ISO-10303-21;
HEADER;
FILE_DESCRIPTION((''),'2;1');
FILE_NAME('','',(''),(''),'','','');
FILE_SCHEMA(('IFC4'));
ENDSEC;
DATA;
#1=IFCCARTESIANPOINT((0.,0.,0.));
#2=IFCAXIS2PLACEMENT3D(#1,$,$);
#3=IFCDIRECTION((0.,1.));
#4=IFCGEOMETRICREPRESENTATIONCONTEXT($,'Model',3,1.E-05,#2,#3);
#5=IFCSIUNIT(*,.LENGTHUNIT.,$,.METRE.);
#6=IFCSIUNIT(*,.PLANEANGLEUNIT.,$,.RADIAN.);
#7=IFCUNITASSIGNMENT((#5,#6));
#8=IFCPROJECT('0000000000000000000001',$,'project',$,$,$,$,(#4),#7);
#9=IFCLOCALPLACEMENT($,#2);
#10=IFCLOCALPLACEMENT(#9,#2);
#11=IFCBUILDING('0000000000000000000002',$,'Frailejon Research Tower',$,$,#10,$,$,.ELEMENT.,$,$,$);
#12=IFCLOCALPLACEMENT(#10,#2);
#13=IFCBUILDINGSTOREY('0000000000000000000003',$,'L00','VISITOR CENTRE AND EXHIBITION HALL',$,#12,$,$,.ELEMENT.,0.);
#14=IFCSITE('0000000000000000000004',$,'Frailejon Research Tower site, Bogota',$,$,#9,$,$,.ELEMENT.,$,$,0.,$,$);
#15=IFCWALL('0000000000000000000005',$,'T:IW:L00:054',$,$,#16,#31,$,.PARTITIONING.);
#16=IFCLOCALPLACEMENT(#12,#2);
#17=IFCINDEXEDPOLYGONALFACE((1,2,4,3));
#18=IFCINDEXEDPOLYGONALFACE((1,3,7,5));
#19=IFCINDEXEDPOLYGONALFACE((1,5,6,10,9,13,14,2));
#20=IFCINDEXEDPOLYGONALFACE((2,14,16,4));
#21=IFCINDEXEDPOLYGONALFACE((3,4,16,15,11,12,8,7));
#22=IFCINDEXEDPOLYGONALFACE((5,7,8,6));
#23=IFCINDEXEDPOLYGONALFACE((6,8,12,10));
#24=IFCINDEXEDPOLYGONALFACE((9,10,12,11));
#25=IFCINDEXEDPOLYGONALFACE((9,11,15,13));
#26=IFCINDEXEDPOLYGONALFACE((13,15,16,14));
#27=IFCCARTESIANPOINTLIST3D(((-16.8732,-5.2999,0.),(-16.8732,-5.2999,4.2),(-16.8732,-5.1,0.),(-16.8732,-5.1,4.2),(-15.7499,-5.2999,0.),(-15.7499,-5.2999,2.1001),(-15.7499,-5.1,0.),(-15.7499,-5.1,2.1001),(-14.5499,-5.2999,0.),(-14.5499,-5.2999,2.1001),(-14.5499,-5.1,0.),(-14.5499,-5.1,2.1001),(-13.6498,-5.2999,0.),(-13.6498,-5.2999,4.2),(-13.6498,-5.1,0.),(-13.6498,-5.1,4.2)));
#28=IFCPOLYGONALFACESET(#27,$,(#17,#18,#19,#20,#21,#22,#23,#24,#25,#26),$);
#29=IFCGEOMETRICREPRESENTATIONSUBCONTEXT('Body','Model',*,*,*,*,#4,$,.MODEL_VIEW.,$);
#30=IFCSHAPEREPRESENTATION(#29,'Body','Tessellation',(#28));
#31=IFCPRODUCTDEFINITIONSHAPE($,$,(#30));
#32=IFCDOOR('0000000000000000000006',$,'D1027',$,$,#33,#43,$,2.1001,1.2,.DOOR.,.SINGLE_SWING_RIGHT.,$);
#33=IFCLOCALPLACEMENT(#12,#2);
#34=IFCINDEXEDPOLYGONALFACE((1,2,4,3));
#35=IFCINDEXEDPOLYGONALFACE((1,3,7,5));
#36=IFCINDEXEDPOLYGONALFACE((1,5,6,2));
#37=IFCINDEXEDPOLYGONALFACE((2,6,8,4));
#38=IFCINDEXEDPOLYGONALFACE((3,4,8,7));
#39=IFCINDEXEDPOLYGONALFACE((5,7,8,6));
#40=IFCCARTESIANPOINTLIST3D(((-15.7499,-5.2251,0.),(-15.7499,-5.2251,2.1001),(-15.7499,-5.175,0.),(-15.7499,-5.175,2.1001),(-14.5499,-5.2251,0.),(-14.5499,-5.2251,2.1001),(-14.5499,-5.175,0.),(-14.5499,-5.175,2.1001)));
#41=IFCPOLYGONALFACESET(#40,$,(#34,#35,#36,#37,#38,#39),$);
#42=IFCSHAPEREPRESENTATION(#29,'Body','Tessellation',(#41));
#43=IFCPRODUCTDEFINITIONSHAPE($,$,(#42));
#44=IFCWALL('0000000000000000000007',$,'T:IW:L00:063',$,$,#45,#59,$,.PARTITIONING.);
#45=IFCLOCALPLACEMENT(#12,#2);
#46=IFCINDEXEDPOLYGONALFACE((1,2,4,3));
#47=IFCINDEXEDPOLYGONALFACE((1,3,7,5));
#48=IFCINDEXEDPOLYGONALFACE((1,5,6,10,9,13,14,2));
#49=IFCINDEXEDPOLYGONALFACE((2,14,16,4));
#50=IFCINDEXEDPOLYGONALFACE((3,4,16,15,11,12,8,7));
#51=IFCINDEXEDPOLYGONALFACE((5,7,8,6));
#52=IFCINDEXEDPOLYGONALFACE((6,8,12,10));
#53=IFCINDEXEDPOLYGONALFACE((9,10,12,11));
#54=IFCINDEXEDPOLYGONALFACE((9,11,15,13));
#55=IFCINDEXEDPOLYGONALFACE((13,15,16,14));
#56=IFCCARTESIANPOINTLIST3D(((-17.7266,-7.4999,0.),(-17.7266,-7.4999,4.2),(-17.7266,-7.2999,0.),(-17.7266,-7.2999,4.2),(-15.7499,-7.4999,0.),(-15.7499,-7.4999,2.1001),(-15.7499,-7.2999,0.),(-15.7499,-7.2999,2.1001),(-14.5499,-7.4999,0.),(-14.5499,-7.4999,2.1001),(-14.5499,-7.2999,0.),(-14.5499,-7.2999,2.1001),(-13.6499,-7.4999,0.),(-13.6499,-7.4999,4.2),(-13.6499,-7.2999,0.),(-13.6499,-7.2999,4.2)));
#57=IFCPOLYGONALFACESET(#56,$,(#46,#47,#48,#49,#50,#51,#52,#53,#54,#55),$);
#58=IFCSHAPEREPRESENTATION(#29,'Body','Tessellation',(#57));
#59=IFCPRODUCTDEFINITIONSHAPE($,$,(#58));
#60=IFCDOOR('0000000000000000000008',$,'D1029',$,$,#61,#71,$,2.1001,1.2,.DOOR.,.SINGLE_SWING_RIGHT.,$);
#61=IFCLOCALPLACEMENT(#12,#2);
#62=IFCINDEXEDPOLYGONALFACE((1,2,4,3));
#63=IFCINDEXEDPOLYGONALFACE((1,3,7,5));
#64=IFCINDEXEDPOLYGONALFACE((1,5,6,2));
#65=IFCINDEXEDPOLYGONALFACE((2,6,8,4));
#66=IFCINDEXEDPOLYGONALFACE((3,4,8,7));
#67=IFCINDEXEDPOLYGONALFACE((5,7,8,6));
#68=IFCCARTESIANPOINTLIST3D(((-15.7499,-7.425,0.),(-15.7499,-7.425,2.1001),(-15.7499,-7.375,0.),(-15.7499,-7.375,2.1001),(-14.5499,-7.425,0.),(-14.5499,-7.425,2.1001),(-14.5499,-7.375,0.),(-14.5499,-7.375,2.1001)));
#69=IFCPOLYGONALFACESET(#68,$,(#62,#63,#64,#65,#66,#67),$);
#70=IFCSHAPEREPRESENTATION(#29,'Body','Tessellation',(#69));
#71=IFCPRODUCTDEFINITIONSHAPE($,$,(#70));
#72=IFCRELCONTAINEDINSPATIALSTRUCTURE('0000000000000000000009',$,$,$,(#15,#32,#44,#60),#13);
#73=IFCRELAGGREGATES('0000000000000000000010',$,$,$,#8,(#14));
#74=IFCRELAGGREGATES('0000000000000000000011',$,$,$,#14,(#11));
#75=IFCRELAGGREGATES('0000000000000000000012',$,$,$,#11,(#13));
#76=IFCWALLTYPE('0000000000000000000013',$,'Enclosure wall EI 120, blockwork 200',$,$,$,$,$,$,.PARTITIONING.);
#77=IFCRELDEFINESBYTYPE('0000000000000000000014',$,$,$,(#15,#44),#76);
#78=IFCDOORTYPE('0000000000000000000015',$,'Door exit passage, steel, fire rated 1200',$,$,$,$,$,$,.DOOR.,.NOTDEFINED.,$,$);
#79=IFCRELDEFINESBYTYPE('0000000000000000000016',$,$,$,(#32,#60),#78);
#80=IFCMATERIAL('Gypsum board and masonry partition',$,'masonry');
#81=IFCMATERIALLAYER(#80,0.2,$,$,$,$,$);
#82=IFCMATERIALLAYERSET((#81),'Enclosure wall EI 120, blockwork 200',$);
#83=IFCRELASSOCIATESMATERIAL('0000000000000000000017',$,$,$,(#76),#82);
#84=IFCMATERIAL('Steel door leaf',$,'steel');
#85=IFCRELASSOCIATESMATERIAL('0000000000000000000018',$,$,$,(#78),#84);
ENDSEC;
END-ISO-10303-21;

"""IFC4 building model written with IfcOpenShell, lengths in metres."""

from ifc_helpers import new_model, si_unit, direction, frame, frame_2d, origin, place, context, subcontext, project, spatial, rectangle, extrude, material, layer, layer_set, type_object, element, fill, save


model = new_model("IFC4")

# Units and contexts
model_context = context("Model", 3, precision=1e-05, world=origin(), true_north=direction((0.0, 1.0)))
body_context = subcontext(model_context, "Body", "Model", "MODEL_VIEW")
ifc_project = project(units=[si_unit("LENGTHUNIT", "METRE"), si_unit("PLANEANGLEUNIT", "RADIAN")], contexts=[model_context])

# Site, building, storey
site_placement = place(None, origin())
site = spatial("IfcSite", under=ifc_project, at=site_placement, Name="Frailejon Research Tower site, Bogota", CompositionType="ELEMENT", RefElevation=0.0)
building_placement = place(site_placement, origin())
building = spatial("IfcBuilding", under=site, at=building_placement, Name="Frailejon Research Tower", CompositionType="ELEMENT")
storey_placement = place(building_placement, origin())
storey = spatial("IfcBuildingStorey", under=building, at=storey_placement, Name="L00", Description="VISITOR CENTRE AND EXHIBITION HALL", CompositionType="ELEMENT", Elevation=0.0)

# Walls, openings, doors
ifc_material_1 = material(Name="Gypsum board and masonry partition", Category="masonry")
ifc_layer_1 = layer(ifc_material_1, 0.2)
ifc_layer_set_1 = layer_set([ifc_layer_1], Name="Enclosure wall EI 120, blockwork 200")
wall_type_1 = type_object("IfcWallType", Name="Enclosure wall EI 120, blockwork 200", PredefinedType="PARTITIONING", material=ifc_layer_set_1)
wall_1_placement = place(storey_placement, frame((-16.8733, -5.2, 0.0), z_axis=(0.0, 0.0, 1.0), x_axis=(1.0, 0.0, 0.0)))
wall_1 = element("IfcWall", 1, at=wall_1_placement, inside=storey, type_object=wall_type_1, Name="T:IW:L00:054", PredefinedType="PARTITIONING", context=body_context, shape_type="SweptSolid", body=[
    extrude(rectangle(XDim=3.2234, YDim=0.2, at=frame_2d((1.6118, 0.0))), origin(), (0.0, 0.0, 1.0), 4.2),
])
opening_1_placement = place(wall_1_placement, frame((1.1233, 0.0, 0.0)))
opening_1 = element("IfcOpeningElement", 2, at=opening_1_placement, cuts=wall_1, PredefinedType="OPENING", context=body_context, shape_type="SweptSolid", body=[
    extrude(rectangle(XDim=1.2, YDim=2.1001, at=frame_2d((0.6001, 1.05))), frame((0.0, 0.1099, 0.0), z_axis=(0.0, -1.0, 0.0), x_axis=(1.0, 0.0, 0.0)), (0.0, 0.0, 1.0), 0.22),
])
ifc_material_2 = material(Name="Steel door leaf", Category="steel")
door_type_1 = type_object("IfcDoorType", Name="Door exit passage, steel, fire rated 1200", OperationType="NOTDEFINED", PredefinedType="DOOR", material=ifc_material_2)
door_1_placement = place(opening_1_placement, origin())
door_1 = element("IfcDoor", 3, at=door_1_placement, inside=storey, type_object=door_type_1, Name="D1027", OperationType="SINGLE_SWING_RIGHT", OverallHeight=2.1001, OverallWidth=1.2, PredefinedType="DOOR", context=body_context, shape_type="SweptSolid", body=[
    extrude(rectangle(XDim=1.2, YDim=2.1001, at=frame_2d((0.6001, 1.05))), frame((0.0, 0.0249, 0.0), z_axis=(0.0, -1.0, 0.0), x_axis=(1.0, 0.0, 0.0)), (0.0, 0.0, 1.0), 0.05),
])
fill(opening_1, door_1)
wall_2_placement = place(storey_placement, frame((-17.7266, -7.3999, 0.0), z_axis=(0.0, 0.0, 1.0), x_axis=(1.0, 0.0, 0.0)))
wall_2 = element("IfcWall", 4, at=wall_2_placement, inside=storey, type_object=wall_type_1, Name="T:IW:L00:063", PredefinedType="PARTITIONING", context=body_context, shape_type="SweptSolid", body=[
    extrude(rectangle(XDim=4.0767, YDim=0.2, at=frame_2d((2.0383, 0.0))), origin(), (0.0, 0.0, 1.0), 4.2),
])
opening_2_placement = place(wall_2_placement, frame((1.9766, 0.0, 0.0)))
opening_2 = element("IfcOpeningElement", 5, at=opening_2_placement, cuts=wall_2, PredefinedType="OPENING", context=body_context, shape_type="SweptSolid", body=[
    extrude(rectangle(XDim=1.2, YDim=2.1001, at=frame_2d((0.6001, 1.05))), frame((0.0, 0.1099, 0.0), z_axis=(0.0, -1.0, 0.0), x_axis=(1.0, 0.0, 0.0)), (0.0, 0.0, 1.0), 0.22),
])
door_2_placement = place(opening_2_placement, origin())
door_2 = element("IfcDoor", 6, at=door_2_placement, inside=storey, type_object=door_type_1, Name="D1029", OperationType="SINGLE_SWING_RIGHT", OverallHeight=2.1001, OverallWidth=1.2, PredefinedType="DOOR", context=body_context, shape_type="SweptSolid", body=[
    extrude(rectangle(XDim=1.2, YDim=2.1001, at=frame_2d((0.6001, 1.05))), frame((0.0, 0.0249, 0.0), z_axis=(0.0, -1.0, 0.0), x_axis=(1.0, 0.0, 0.0)), (0.0, 0.0, 1.0), 0.05),
])
fill(opening_2, door_2)

save(model, "model.ifc")
